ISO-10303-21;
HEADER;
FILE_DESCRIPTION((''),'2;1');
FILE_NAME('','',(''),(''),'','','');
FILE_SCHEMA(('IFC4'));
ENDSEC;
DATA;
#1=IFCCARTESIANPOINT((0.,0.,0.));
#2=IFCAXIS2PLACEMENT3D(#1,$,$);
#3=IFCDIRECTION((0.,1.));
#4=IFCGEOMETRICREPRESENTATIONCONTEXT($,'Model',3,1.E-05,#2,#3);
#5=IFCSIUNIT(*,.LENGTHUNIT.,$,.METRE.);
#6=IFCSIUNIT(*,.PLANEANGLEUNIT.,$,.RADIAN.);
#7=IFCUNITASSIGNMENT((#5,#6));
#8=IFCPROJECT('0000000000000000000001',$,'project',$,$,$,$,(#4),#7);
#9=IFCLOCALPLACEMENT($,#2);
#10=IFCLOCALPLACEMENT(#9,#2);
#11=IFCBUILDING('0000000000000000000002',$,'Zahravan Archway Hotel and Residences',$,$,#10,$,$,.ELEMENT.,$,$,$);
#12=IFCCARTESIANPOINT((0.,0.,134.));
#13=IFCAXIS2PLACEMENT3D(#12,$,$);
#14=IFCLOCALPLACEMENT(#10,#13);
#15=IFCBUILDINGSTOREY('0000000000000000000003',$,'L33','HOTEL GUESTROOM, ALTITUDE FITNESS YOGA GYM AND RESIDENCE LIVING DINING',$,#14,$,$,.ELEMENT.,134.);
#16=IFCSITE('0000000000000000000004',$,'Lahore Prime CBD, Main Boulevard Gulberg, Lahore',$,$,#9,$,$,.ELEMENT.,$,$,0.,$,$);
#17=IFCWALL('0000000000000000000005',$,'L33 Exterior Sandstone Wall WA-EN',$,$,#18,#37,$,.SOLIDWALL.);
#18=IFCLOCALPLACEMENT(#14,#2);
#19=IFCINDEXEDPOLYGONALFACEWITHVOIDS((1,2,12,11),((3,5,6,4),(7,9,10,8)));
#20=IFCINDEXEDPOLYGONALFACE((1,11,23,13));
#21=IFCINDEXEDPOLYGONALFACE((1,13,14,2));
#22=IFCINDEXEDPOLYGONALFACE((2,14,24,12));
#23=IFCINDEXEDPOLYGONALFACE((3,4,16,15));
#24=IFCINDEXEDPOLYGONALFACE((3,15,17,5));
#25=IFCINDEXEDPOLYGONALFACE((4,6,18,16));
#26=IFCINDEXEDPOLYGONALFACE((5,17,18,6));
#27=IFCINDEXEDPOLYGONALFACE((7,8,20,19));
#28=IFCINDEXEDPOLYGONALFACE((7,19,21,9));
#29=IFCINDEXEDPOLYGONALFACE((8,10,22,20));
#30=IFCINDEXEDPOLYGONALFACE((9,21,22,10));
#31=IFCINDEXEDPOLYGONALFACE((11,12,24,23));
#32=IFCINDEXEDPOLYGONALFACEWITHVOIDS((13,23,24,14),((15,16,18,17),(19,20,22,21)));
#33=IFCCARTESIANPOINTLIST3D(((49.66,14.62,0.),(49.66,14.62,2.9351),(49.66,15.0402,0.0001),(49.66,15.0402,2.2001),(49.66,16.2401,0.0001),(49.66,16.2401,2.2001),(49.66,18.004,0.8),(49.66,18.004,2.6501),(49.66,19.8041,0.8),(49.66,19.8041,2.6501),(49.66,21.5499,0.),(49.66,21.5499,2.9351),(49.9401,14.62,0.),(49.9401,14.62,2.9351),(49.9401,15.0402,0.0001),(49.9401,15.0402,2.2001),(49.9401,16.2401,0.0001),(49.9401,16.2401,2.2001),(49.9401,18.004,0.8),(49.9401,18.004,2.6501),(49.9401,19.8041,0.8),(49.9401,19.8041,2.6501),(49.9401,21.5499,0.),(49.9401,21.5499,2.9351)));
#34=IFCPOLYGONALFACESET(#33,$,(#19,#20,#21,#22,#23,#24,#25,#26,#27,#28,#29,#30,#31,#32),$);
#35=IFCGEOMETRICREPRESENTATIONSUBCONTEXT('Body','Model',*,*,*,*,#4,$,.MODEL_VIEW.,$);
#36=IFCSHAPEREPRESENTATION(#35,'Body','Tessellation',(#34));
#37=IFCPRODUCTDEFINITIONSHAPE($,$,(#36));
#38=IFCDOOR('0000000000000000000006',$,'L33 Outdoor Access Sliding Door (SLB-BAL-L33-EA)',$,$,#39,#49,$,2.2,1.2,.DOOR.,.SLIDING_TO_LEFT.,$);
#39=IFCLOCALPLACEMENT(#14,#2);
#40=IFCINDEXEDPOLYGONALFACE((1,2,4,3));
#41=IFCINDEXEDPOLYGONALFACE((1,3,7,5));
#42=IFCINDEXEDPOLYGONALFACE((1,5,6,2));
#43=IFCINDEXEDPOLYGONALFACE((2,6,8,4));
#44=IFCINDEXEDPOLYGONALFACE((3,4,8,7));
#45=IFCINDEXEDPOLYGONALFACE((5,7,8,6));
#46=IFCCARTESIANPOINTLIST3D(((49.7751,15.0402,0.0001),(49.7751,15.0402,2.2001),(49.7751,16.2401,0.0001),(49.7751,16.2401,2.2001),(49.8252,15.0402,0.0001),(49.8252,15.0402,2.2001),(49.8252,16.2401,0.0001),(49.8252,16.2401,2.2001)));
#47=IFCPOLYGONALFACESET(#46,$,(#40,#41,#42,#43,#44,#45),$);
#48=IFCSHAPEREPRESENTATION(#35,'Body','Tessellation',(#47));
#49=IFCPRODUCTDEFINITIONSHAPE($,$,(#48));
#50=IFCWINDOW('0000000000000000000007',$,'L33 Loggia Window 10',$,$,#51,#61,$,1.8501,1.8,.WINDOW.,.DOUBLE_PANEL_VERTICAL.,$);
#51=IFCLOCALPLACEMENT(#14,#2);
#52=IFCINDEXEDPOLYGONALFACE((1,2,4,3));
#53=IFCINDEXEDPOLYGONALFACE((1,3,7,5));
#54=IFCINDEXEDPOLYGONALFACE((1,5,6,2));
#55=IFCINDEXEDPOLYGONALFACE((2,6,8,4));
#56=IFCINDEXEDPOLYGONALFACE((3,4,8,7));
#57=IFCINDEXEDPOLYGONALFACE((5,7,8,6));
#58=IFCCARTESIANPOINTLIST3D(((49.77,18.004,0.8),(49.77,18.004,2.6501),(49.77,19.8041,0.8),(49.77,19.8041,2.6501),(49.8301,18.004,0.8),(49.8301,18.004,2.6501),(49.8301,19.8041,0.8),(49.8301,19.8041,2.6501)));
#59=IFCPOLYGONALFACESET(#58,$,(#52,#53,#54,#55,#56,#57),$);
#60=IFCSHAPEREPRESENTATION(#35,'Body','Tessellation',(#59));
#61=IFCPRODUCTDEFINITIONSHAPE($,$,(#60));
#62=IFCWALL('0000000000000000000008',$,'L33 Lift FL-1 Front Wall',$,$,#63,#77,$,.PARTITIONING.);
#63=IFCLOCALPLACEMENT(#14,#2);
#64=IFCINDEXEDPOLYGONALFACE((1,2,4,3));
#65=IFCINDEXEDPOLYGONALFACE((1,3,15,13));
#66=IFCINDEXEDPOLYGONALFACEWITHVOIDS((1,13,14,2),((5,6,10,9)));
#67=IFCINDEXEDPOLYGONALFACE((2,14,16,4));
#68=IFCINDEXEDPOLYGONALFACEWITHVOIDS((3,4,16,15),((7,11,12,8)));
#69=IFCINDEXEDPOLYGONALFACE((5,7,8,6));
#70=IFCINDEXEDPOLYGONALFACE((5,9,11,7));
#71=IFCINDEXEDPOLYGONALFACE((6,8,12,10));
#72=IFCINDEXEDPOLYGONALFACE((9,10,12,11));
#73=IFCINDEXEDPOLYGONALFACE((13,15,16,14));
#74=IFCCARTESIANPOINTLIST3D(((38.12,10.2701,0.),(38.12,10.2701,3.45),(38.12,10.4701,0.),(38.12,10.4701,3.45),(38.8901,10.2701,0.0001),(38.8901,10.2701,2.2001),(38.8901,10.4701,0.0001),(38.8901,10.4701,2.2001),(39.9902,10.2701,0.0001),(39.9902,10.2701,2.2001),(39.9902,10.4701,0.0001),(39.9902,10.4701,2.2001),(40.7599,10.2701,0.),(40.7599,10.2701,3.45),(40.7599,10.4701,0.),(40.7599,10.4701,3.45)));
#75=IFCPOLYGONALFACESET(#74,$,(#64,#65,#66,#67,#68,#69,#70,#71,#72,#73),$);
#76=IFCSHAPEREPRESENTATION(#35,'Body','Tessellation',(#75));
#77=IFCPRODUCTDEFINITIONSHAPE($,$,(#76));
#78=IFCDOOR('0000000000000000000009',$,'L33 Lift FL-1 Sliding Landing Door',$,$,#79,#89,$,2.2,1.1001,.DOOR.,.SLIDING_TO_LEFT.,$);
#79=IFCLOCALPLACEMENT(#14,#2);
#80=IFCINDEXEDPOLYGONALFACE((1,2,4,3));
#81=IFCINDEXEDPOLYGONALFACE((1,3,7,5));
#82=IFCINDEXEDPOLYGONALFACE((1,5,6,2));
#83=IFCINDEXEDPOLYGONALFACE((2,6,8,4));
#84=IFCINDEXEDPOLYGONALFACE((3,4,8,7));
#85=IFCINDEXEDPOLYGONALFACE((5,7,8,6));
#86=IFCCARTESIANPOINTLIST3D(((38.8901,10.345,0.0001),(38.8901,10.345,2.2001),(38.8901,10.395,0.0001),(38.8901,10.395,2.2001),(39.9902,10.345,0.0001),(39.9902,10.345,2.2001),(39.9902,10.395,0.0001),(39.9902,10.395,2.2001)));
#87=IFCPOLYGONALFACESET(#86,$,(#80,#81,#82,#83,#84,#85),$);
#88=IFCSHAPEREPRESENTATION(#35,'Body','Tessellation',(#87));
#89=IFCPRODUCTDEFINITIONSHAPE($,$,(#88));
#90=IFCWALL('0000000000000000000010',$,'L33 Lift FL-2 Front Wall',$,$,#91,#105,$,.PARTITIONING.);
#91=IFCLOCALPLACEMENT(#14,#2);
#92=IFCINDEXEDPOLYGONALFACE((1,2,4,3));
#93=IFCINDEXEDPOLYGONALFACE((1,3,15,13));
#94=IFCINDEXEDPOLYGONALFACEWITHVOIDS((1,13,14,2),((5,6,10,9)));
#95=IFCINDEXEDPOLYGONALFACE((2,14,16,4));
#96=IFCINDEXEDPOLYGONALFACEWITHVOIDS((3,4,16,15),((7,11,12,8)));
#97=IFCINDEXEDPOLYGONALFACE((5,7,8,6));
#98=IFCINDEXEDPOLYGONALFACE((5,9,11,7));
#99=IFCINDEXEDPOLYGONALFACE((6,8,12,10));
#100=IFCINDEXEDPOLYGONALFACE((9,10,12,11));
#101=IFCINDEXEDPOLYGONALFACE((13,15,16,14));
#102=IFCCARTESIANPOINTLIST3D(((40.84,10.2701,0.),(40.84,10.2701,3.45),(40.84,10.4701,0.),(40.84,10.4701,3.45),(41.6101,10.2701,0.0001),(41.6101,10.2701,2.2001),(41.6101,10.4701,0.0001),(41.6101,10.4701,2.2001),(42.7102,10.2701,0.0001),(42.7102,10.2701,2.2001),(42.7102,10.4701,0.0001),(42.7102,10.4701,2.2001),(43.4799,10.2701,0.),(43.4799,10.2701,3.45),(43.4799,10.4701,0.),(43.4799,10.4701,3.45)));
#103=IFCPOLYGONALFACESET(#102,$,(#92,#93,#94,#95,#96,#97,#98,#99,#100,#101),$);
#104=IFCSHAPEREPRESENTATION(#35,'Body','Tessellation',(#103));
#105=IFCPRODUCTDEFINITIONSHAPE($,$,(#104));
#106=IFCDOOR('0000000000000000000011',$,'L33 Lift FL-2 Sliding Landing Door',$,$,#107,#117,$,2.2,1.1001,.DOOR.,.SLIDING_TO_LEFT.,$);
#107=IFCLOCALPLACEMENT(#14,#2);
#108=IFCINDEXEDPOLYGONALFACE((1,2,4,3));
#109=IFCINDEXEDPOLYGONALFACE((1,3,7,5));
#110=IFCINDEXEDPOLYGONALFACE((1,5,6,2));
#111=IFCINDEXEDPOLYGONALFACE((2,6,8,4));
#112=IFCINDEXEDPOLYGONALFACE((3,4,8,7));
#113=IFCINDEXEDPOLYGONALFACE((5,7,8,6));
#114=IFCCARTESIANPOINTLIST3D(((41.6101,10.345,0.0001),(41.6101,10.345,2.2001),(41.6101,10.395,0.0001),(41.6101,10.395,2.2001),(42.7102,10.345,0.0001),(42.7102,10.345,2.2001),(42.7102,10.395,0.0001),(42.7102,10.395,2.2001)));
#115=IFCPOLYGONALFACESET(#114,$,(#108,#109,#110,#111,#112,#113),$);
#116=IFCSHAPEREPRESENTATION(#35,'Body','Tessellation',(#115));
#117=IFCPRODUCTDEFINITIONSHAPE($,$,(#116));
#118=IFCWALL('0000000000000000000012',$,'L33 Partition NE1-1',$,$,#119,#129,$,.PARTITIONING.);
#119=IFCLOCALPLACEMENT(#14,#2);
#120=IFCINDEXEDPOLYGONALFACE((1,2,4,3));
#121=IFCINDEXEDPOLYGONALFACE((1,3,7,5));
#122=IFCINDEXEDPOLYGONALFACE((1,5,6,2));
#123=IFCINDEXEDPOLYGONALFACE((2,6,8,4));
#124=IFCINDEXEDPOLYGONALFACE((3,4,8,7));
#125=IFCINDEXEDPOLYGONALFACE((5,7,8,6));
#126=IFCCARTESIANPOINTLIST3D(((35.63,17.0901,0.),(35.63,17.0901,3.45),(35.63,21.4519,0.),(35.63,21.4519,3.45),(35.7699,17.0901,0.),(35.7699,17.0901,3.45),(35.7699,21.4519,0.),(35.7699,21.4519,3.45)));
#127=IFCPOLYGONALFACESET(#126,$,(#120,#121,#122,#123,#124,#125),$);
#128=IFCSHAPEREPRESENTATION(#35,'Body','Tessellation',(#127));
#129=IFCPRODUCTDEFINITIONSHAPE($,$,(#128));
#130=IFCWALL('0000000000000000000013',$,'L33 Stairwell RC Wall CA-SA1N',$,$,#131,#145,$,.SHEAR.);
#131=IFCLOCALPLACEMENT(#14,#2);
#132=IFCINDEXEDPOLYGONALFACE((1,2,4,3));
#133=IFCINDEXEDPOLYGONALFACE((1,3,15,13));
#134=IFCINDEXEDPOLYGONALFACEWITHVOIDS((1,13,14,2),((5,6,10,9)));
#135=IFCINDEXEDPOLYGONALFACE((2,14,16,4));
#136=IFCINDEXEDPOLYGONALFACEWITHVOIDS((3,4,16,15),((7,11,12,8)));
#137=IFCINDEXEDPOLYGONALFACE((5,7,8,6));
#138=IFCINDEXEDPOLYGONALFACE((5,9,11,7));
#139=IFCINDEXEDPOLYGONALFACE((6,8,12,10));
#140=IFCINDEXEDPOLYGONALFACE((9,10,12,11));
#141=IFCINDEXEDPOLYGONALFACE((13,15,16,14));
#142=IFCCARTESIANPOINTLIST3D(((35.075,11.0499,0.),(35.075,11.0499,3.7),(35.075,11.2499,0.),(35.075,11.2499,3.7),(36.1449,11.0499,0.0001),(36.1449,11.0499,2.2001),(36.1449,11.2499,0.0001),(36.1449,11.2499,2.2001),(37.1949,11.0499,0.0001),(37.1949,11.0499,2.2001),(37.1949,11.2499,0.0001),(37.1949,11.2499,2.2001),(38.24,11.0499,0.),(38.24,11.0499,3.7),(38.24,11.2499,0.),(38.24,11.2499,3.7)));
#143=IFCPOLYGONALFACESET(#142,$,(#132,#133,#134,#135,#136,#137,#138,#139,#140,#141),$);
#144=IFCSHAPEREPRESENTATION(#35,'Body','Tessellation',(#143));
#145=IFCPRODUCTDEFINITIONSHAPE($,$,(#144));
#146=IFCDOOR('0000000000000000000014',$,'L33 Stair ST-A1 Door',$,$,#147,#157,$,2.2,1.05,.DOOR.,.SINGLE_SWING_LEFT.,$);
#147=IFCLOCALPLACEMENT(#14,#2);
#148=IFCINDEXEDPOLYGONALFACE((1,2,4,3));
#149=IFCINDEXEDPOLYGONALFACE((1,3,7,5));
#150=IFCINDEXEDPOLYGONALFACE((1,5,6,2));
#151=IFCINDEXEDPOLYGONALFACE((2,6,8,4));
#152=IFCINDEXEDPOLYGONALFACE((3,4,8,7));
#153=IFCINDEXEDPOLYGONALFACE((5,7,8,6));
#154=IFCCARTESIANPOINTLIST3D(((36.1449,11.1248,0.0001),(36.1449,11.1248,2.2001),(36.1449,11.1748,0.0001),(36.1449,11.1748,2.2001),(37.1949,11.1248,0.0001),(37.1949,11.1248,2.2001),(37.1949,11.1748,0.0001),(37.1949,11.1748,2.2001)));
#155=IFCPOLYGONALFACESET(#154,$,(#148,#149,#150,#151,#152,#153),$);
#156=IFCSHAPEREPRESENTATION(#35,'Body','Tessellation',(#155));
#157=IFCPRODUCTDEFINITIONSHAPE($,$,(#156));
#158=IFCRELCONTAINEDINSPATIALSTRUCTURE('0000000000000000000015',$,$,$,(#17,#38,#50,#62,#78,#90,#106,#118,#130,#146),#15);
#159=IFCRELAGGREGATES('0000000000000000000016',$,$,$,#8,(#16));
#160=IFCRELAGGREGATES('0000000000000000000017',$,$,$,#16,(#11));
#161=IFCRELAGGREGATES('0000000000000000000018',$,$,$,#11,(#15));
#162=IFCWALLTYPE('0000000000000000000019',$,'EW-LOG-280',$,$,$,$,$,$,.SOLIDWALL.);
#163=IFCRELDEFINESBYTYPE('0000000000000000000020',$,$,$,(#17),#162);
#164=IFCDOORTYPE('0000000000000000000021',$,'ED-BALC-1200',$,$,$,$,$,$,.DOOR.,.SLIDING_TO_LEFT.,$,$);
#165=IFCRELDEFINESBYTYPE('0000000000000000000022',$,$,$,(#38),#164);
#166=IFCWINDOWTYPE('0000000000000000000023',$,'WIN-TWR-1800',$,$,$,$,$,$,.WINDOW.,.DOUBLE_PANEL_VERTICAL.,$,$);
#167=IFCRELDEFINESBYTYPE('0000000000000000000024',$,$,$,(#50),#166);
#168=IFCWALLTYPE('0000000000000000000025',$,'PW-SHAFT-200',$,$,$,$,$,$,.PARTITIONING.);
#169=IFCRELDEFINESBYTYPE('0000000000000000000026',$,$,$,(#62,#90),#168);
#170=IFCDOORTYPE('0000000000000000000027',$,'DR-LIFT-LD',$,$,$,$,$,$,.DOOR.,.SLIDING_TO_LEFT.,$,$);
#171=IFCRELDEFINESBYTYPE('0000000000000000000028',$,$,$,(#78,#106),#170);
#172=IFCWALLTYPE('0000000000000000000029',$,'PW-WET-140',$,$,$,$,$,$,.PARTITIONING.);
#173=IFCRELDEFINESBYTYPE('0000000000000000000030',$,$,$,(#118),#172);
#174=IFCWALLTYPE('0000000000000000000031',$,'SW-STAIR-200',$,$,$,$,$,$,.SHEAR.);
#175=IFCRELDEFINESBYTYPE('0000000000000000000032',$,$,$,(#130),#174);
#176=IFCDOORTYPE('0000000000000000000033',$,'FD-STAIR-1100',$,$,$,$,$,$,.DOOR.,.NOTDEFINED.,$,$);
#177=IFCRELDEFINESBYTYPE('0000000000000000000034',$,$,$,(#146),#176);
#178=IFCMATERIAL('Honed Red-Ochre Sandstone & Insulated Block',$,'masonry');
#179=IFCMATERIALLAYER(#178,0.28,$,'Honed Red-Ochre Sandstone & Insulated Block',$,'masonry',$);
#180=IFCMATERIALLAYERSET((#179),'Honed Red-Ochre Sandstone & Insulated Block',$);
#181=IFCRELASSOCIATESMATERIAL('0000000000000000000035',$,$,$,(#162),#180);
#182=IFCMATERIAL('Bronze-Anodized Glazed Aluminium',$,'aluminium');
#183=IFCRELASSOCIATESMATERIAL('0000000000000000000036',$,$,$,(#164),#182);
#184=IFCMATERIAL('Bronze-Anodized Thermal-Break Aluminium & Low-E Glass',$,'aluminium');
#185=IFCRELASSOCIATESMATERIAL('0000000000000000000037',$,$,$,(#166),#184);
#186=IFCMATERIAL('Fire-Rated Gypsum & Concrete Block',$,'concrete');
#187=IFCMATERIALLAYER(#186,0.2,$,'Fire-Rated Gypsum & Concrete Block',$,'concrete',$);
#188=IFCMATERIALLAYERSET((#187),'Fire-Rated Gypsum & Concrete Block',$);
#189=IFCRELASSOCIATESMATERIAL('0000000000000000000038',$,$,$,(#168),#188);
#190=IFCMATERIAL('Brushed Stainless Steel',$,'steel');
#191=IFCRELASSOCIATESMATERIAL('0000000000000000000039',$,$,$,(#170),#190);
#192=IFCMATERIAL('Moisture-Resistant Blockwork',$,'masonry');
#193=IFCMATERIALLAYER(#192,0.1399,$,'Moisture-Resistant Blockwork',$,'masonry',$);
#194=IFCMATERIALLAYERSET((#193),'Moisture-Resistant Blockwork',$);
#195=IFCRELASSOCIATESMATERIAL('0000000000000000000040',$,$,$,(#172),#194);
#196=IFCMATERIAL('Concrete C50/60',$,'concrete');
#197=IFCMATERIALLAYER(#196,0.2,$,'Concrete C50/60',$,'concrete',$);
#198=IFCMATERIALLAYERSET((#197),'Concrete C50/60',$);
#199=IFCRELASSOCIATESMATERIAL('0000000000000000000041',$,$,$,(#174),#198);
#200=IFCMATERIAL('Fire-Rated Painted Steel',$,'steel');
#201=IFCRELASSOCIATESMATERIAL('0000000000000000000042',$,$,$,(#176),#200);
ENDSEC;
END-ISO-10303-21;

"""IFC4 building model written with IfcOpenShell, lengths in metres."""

from ifc_helpers import new_model, si_unit, direction, frame, frame_2d, origin, place, context, subcontext, project, spatial, rectangle, extrude, source, transform, mapped, material, layer, layer_set, type_object, type_shapes, element, fill, save


model = new_model("IFC4")

# Units and contexts
model_context = context("Model", 3, precision=1e-05, world=origin(), true_north=direction((0.0, 1.0)))
body_context = subcontext(model_context, "Body", "Model", "MODEL_VIEW")
ifc_project = project(units=[si_unit("LENGTHUNIT", "METRE"), si_unit("PLANEANGLEUNIT", "RADIAN")], contexts=[model_context])

# Site, building, storey
site_placement = place(None, origin())
site = spatial("IfcSite", under=ifc_project, at=site_placement, Name="Lahore Prime CBD, Main Boulevard Gulberg, Lahore", CompositionType="ELEMENT", RefElevation=0.0)
building_placement = place(site_placement, origin())
building = spatial("IfcBuilding", under=site, at=building_placement, Name="Zahravan Archway Hotel and Residences", CompositionType="ELEMENT")
storey_placement = place(building_placement, frame((0.0, 0.0, 134.0)))
storey = spatial("IfcBuildingStorey", under=building, at=storey_placement, Name="L33", Description="HOTEL GUESTROOM, ALTITUDE FITNESS YOGA GYM AND RESIDENCE LIVING DINING", CompositionType="ELEMENT", Elevation=134.0)

# Wall, openings, door, window
ifc_material_1 = material(Name="Honed Red-Ochre Sandstone & Insulated Block", Category="masonry")
ifc_layer_1 = layer(ifc_material_1, 0.28, Name="Honed Red-Ochre Sandstone & Insulated Block", Category="masonry")
ifc_layer_set_1 = layer_set([ifc_layer_1], Name="Honed Red-Ochre Sandstone & Insulated Block")
wall_type_1 = type_object("IfcWallType", Name="EW-LOG-280", PredefinedType="SOLIDWALL", material=ifc_layer_set_1)
wall_1_placement = place(storey_placement, frame((49.8, 14.6201, 0.0), z_axis=(0.0, 0.0, 1.0), x_axis=(0.0, 1.0, 0.0)))
wall_1 = element("IfcWall", 1, at=wall_1_placement, inside=storey, type_object=wall_type_1, Name="L33 Exterior Sandstone Wall WA-EN", PredefinedType="SOLIDWALL", context=body_context, shape_type="SweptSolid", body=[
    extrude(rectangle(XDim=6.9299, YDim=0.28, at=frame_2d((3.4648, 0.0))), origin(), (0.0, 0.0, 1.0), 2.9351),
])
opening_1_placement = place(wall_1_placement, frame((0.4199, 0.0, 0.0)))
opening_1 = element("IfcOpeningElement", 2, at=opening_1_placement, cuts=wall_1, PredefinedType="OPENING", context=body_context, shape_type="SweptSolid", body=[
    extrude(rectangle(XDim=1.2, YDim=2.2, at=frame_2d((0.6001, 1.1001))), frame((0.0, 0.1499, 0.0), z_axis=(0.0, -1.0, 0.0), x_axis=(1.0, 0.0, 0.0)), (0.0, 0.0, 1.0), 0.3),
])
opening_2_placement = place(wall_1_placement, frame((3.384, 0.0, 0.8)))
opening_2 = element("IfcOpeningElement", 3, at=opening_2_placement, cuts=wall_1, PredefinedType="OPENING", context=body_context, shape_type="SweptSolid", body=[
    extrude(rectangle(XDim=1.8, YDim=1.8501, at=frame_2d((0.8999, 0.925))), frame((0.0, 0.1499, 0.0), z_axis=(0.0, -1.0, 0.0), x_axis=(1.0, 0.0, 0.0)), (0.0, 0.0, 1.0), 0.3),
])
ifc_material_2 = material(Name="Bronze-Anodized Glazed Aluminium", Category="aluminium")
door_type_1 = type_object("IfcDoorType", Name="ED-BALC-1200", OperationType="SLIDING_TO_LEFT", PredefinedType="DOOR", material=ifc_material_2)
shared_shape_1 = source(origin(), body_context, "Body", "SweptSolid", [
    extrude(rectangle(XDim=1.2, YDim=2.2, at=frame_2d((0.6001, 1.1001))), frame((0.0, 0.0249, 0.0), z_axis=(0.0, -1.0, 0.0), x_axis=(1.0, 0.0, 0.0)), (0.0, 0.0, 1.0), 0.05),
])
type_shapes(door_type_1, [shared_shape_1])
door_1_placement = place(opening_1_placement, origin())
door_1 = element("IfcDoor", 4, at=door_1_placement, inside=storey, type_object=door_type_1, Name="L33 Outdoor Access Sliding Door (SLB-BAL-L33-EA)", OperationType="SLIDING_TO_LEFT", OverallHeight=2.2, OverallWidth=1.2, PredefinedType="DOOR", context=body_context, shape_type="MappedRepresentation", body=[
    mapped(shared_shape_1, transform((0.0, 0.0, 0.0), scale=1.0)),
])
fill(opening_1, door_1)
ifc_material_3 = material(Name="Bronze-Anodized Thermal-Break Aluminium & Low-E Glass", Category="aluminium")
window_type = type_object("IfcWindowType", Name="WIN-TWR-1800", PartitioningType="DOUBLE_PANEL_VERTICAL", PredefinedType="WINDOW", material=ifc_material_3)
shared_shape_2 = source(origin(), body_context, "Body", "SweptSolid", [
    extrude(rectangle(XDim=1.8, YDim=1.8501, at=frame_2d((0.8999, 0.925))), frame((0.0, 0.03, 0.0), z_axis=(0.0, -1.0, 0.0), x_axis=(1.0, 0.0, 0.0)), (0.0, 0.0, 1.0), 0.0601),
])
type_shapes(window_type, [shared_shape_2])
window_placement = place(opening_2_placement, origin())
window = element("IfcWindow", 5, at=window_placement, inside=storey, type_object=window_type, Name="L33 Loggia Window 10", OverallHeight=1.8501, OverallWidth=1.8, PartitioningType="DOUBLE_PANEL_VERTICAL", PredefinedType="WINDOW", context=body_context, shape_type="MappedRepresentation", body=[
    mapped(shared_shape_2, transform((0.0, 0.0, 0.0), scale=1.0)),
])
fill(opening_2, window)

# Walls, openings, doors
ifc_material_4 = material(Name="Fire-Rated Gypsum & Concrete Block", Category="concrete")
ifc_material_5 = material(Name="Fire-Rated Painted Steel", Category="steel")
ifc_layer_2 = layer(ifc_material_4, 0.2, Name="Fire-Rated Gypsum & Concrete Block", Category="concrete")
ifc_layer_set_2 = layer_set([ifc_layer_2], Name="Fire-Rated Gypsum & Concrete Block")
wall_type_2 = type_object("IfcWallType", Name="PW-SHAFT-200", PredefinedType="PARTITIONING", material=ifc_layer_set_2)
wall_2_placement = place(storey_placement, frame((38.1201, 10.3701, 0.0), z_axis=(0.0, 0.0, 1.0), x_axis=(1.0, 0.0, 0.0)))
wall_2 = element("IfcWall", 6, at=wall_2_placement, inside=storey, type_object=wall_type_2, Name="L33 Lift FL-1 Front Wall", PredefinedType="PARTITIONING", context=body_context, shape_type="SweptSolid", body=[
    extrude(rectangle(XDim=2.6399, YDim=0.2, at=frame_2d((1.3198, 0.0))), origin(), (0.0, 0.0, 1.0), 3.45),
])
opening_3_placement = place(wall_2_placement, frame((0.77, 0.0, 0.0)))
opening_3 = element("IfcOpeningElement", 7, at=opening_3_placement, cuts=wall_2, PredefinedType="OPENING", context=body_context, shape_type="SweptSolid", body=[
    extrude(rectangle(XDim=1.1001, YDim=2.2, at=frame_2d((0.55, 1.1001))), frame((0.0, 0.1099, 0.0), z_axis=(0.0, -1.0, 0.0), x_axis=(1.0, 0.0, 0.0)), (0.0, 0.0, 1.0), 0.22),
])
ifc_material_6 = material(Name="Brushed Stainless Steel", Category="steel")
door_type_2 = type_object("IfcDoorType", Name="DR-LIFT-LD", OperationType="SLIDING_TO_LEFT", PredefinedType="DOOR", material=ifc_material_6)
shared_shape_3 = source(origin(), body_context, "Body", "SweptSolid", [
    extrude(rectangle(XDim=1.1001, YDim=2.2, at=frame_2d((0.55, 1.1001))), frame((0.0, 0.0249, 0.0), z_axis=(0.0, -1.0, 0.0), x_axis=(1.0, 0.0, 0.0)), (0.0, 0.0, 1.0), 0.05),
])
type_shapes(door_type_2, [shared_shape_3])
door_2_placement = place(opening_3_placement, origin())
door_2 = element("IfcDoor", 8, at=door_2_placement, inside=storey, type_object=door_type_2, Name="L33 Lift FL-1 Sliding Landing Door", OperationType="SLIDING_TO_LEFT", OverallHeight=2.2, OverallWidth=1.1001, PredefinedType="DOOR", context=body_context, shape_type="MappedRepresentation", body=[
    mapped(shared_shape_3, transform((0.0, 0.0, 0.0), scale=1.0)),
])
fill(opening_3, door_2)
wall_3_placement = place(storey_placement, frame((40.8401, 10.3701, 0.0), z_axis=(0.0, 0.0, 1.0), x_axis=(1.0, 0.0, 0.0)))
wall_3 = element("IfcWall", 9, at=wall_3_placement, inside=storey, type_object=wall_type_2, Name="L33 Lift FL-2 Front Wall", PredefinedType="PARTITIONING", context=body_context, shape_type="SweptSolid", body=[
    extrude(rectangle(XDim=2.6399, YDim=0.2, at=frame_2d((1.3198, 0.0))), origin(), (0.0, 0.0, 1.0), 3.45),
])
opening_4_placement = place(wall_3_placement, frame((0.77, 0.0, 0.0)))
opening_4 = element("IfcOpeningElement", 10, at=opening_4_placement, cuts=wall_3, PredefinedType="OPENING", context=body_context, shape_type="SweptSolid", body=[
    extrude(rectangle(XDim=1.1001, YDim=2.2, at=frame_2d((0.55, 1.1001))), frame((0.0, 0.1099, 0.0), z_axis=(0.0, -1.0, 0.0), x_axis=(1.0, 0.0, 0.0)), (0.0, 0.0, 1.0), 0.22),
])
door_3_placement = place(opening_4_placement, origin())
door_3 = element("IfcDoor", 11, at=door_3_placement, inside=storey, type_object=door_type_2, Name="L33 Lift FL-2 Sliding Landing Door", OperationType="SLIDING_TO_LEFT", OverallHeight=2.2, OverallWidth=1.1001, PredefinedType="DOOR", context=body_context, shape_type="MappedRepresentation", body=[
    mapped(shared_shape_3, transform((0.0, 0.0, 0.0), scale=1.0)),
])
fill(opening_4, door_3)

# Wall
ifc_material_7 = material(Name="Moisture-Resistant Blockwork", Category="masonry")
ifc_layer_3 = layer(ifc_material_7, 0.1399, Name="Moisture-Resistant Blockwork", Category="masonry")
ifc_layer_set_3 = layer_set([ifc_layer_3], Name="Moisture-Resistant Blockwork")
wall_type_3 = type_object("IfcWallType", Name="PW-WET-140", PredefinedType="PARTITIONING", material=ifc_layer_set_3)
wall_4_placement = place(storey_placement, frame((35.7, 17.0901, 0.0), z_axis=(0.0, 0.0, 1.0), x_axis=(0.0, 1.0, 0.0)))
element("IfcWall", 12, at=wall_4_placement, inside=storey, type_object=wall_type_3, Name="L33 Partition NE1-1", PredefinedType="PARTITIONING", context=body_context, shape_type="SweptSolid", body=[
    extrude(rectangle(XDim=4.3618, YDim=0.1399, at=frame_2d((2.1809, 0.0))), origin(), (0.0, 0.0, 1.0), 3.45),
])

# Wall, opening, door
ifc_material_8 = material(Name="Concrete C50/60", Category="concrete")
ifc_layer_4 = layer(ifc_material_8, 0.2, Name="Concrete C50/60", Category="concrete")
ifc_layer_set_4 = layer_set([ifc_layer_4], Name="Concrete C50/60")
wall_type_4 = type_object("IfcWallType", Name="SW-STAIR-200", PredefinedType="SHEAR", material=ifc_layer_set_4)
wall_5_placement = place(storey_placement, frame((35.075, 11.1499, 0.0), z_axis=(0.0, 0.0, 1.0), x_axis=(1.0, 0.0, 0.0)))
wall_5 = element("IfcWall", 13, at=wall_5_placement, inside=storey, type_object=wall_type_4, Name="L33 Stairwell RC Wall CA-SA1N", PredefinedType="SHEAR", context=body_context, shape_type="SweptSolid", body=[
    extrude(rectangle(XDim=3.165, YDim=0.2, at=frame_2d((1.5825, 0.0))), origin(), (0.0, 0.0, 1.0), 3.7),
])
opening_5_placement = place(wall_5_placement, frame((1.0701, 0.0, 0.0)))
opening_5 = element("IfcOpeningElement", 14, at=opening_5_placement, cuts=wall_5, PredefinedType="OPENING", context=body_context, shape_type="SweptSolid", body=[
    extrude(rectangle(XDim=1.05, YDim=2.2, at=frame_2d((0.5249, 1.1001))), frame((0.0, 0.1099, 0.0), z_axis=(0.0, -1.0, 0.0), x_axis=(1.0, 0.0, 0.0)), (0.0, 0.0, 1.0), 0.22),
])
door_type_3 = type_object("IfcDoorType", Name="FD-STAIR-1100", OperationType="NOTDEFINED", PredefinedType="DOOR", material=ifc_material_5)
shared_shape_4 = source(origin(), body_context, "Body", "SweptSolid", [
    extrude(rectangle(XDim=1.05, YDim=2.2, at=frame_2d((0.5249, 1.1001))), frame((0.0, 0.0249, 0.0), z_axis=(0.0, -1.0, 0.0), x_axis=(1.0, 0.0, 0.0)), (0.0, 0.0, 1.0), 0.05),
])
type_shapes(door_type_3, [shared_shape_4])
door_4_placement = place(opening_5_placement, origin())
door_4 = element("IfcDoor", 15, at=door_4_placement, inside=storey, type_object=door_type_3, Name="L33 Stair ST-A1 Door", OperationType="SINGLE_SWING_LEFT", OverallHeight=2.2, OverallWidth=1.05, PredefinedType="DOOR", context=body_context, shape_type="MappedRepresentation", body=[
    mapped(shared_shape_4, transform((0.0, 0.0, 0.0), scale=1.0)),
])
fill(opening_5, door_4)

save(model, "model.ifc")
